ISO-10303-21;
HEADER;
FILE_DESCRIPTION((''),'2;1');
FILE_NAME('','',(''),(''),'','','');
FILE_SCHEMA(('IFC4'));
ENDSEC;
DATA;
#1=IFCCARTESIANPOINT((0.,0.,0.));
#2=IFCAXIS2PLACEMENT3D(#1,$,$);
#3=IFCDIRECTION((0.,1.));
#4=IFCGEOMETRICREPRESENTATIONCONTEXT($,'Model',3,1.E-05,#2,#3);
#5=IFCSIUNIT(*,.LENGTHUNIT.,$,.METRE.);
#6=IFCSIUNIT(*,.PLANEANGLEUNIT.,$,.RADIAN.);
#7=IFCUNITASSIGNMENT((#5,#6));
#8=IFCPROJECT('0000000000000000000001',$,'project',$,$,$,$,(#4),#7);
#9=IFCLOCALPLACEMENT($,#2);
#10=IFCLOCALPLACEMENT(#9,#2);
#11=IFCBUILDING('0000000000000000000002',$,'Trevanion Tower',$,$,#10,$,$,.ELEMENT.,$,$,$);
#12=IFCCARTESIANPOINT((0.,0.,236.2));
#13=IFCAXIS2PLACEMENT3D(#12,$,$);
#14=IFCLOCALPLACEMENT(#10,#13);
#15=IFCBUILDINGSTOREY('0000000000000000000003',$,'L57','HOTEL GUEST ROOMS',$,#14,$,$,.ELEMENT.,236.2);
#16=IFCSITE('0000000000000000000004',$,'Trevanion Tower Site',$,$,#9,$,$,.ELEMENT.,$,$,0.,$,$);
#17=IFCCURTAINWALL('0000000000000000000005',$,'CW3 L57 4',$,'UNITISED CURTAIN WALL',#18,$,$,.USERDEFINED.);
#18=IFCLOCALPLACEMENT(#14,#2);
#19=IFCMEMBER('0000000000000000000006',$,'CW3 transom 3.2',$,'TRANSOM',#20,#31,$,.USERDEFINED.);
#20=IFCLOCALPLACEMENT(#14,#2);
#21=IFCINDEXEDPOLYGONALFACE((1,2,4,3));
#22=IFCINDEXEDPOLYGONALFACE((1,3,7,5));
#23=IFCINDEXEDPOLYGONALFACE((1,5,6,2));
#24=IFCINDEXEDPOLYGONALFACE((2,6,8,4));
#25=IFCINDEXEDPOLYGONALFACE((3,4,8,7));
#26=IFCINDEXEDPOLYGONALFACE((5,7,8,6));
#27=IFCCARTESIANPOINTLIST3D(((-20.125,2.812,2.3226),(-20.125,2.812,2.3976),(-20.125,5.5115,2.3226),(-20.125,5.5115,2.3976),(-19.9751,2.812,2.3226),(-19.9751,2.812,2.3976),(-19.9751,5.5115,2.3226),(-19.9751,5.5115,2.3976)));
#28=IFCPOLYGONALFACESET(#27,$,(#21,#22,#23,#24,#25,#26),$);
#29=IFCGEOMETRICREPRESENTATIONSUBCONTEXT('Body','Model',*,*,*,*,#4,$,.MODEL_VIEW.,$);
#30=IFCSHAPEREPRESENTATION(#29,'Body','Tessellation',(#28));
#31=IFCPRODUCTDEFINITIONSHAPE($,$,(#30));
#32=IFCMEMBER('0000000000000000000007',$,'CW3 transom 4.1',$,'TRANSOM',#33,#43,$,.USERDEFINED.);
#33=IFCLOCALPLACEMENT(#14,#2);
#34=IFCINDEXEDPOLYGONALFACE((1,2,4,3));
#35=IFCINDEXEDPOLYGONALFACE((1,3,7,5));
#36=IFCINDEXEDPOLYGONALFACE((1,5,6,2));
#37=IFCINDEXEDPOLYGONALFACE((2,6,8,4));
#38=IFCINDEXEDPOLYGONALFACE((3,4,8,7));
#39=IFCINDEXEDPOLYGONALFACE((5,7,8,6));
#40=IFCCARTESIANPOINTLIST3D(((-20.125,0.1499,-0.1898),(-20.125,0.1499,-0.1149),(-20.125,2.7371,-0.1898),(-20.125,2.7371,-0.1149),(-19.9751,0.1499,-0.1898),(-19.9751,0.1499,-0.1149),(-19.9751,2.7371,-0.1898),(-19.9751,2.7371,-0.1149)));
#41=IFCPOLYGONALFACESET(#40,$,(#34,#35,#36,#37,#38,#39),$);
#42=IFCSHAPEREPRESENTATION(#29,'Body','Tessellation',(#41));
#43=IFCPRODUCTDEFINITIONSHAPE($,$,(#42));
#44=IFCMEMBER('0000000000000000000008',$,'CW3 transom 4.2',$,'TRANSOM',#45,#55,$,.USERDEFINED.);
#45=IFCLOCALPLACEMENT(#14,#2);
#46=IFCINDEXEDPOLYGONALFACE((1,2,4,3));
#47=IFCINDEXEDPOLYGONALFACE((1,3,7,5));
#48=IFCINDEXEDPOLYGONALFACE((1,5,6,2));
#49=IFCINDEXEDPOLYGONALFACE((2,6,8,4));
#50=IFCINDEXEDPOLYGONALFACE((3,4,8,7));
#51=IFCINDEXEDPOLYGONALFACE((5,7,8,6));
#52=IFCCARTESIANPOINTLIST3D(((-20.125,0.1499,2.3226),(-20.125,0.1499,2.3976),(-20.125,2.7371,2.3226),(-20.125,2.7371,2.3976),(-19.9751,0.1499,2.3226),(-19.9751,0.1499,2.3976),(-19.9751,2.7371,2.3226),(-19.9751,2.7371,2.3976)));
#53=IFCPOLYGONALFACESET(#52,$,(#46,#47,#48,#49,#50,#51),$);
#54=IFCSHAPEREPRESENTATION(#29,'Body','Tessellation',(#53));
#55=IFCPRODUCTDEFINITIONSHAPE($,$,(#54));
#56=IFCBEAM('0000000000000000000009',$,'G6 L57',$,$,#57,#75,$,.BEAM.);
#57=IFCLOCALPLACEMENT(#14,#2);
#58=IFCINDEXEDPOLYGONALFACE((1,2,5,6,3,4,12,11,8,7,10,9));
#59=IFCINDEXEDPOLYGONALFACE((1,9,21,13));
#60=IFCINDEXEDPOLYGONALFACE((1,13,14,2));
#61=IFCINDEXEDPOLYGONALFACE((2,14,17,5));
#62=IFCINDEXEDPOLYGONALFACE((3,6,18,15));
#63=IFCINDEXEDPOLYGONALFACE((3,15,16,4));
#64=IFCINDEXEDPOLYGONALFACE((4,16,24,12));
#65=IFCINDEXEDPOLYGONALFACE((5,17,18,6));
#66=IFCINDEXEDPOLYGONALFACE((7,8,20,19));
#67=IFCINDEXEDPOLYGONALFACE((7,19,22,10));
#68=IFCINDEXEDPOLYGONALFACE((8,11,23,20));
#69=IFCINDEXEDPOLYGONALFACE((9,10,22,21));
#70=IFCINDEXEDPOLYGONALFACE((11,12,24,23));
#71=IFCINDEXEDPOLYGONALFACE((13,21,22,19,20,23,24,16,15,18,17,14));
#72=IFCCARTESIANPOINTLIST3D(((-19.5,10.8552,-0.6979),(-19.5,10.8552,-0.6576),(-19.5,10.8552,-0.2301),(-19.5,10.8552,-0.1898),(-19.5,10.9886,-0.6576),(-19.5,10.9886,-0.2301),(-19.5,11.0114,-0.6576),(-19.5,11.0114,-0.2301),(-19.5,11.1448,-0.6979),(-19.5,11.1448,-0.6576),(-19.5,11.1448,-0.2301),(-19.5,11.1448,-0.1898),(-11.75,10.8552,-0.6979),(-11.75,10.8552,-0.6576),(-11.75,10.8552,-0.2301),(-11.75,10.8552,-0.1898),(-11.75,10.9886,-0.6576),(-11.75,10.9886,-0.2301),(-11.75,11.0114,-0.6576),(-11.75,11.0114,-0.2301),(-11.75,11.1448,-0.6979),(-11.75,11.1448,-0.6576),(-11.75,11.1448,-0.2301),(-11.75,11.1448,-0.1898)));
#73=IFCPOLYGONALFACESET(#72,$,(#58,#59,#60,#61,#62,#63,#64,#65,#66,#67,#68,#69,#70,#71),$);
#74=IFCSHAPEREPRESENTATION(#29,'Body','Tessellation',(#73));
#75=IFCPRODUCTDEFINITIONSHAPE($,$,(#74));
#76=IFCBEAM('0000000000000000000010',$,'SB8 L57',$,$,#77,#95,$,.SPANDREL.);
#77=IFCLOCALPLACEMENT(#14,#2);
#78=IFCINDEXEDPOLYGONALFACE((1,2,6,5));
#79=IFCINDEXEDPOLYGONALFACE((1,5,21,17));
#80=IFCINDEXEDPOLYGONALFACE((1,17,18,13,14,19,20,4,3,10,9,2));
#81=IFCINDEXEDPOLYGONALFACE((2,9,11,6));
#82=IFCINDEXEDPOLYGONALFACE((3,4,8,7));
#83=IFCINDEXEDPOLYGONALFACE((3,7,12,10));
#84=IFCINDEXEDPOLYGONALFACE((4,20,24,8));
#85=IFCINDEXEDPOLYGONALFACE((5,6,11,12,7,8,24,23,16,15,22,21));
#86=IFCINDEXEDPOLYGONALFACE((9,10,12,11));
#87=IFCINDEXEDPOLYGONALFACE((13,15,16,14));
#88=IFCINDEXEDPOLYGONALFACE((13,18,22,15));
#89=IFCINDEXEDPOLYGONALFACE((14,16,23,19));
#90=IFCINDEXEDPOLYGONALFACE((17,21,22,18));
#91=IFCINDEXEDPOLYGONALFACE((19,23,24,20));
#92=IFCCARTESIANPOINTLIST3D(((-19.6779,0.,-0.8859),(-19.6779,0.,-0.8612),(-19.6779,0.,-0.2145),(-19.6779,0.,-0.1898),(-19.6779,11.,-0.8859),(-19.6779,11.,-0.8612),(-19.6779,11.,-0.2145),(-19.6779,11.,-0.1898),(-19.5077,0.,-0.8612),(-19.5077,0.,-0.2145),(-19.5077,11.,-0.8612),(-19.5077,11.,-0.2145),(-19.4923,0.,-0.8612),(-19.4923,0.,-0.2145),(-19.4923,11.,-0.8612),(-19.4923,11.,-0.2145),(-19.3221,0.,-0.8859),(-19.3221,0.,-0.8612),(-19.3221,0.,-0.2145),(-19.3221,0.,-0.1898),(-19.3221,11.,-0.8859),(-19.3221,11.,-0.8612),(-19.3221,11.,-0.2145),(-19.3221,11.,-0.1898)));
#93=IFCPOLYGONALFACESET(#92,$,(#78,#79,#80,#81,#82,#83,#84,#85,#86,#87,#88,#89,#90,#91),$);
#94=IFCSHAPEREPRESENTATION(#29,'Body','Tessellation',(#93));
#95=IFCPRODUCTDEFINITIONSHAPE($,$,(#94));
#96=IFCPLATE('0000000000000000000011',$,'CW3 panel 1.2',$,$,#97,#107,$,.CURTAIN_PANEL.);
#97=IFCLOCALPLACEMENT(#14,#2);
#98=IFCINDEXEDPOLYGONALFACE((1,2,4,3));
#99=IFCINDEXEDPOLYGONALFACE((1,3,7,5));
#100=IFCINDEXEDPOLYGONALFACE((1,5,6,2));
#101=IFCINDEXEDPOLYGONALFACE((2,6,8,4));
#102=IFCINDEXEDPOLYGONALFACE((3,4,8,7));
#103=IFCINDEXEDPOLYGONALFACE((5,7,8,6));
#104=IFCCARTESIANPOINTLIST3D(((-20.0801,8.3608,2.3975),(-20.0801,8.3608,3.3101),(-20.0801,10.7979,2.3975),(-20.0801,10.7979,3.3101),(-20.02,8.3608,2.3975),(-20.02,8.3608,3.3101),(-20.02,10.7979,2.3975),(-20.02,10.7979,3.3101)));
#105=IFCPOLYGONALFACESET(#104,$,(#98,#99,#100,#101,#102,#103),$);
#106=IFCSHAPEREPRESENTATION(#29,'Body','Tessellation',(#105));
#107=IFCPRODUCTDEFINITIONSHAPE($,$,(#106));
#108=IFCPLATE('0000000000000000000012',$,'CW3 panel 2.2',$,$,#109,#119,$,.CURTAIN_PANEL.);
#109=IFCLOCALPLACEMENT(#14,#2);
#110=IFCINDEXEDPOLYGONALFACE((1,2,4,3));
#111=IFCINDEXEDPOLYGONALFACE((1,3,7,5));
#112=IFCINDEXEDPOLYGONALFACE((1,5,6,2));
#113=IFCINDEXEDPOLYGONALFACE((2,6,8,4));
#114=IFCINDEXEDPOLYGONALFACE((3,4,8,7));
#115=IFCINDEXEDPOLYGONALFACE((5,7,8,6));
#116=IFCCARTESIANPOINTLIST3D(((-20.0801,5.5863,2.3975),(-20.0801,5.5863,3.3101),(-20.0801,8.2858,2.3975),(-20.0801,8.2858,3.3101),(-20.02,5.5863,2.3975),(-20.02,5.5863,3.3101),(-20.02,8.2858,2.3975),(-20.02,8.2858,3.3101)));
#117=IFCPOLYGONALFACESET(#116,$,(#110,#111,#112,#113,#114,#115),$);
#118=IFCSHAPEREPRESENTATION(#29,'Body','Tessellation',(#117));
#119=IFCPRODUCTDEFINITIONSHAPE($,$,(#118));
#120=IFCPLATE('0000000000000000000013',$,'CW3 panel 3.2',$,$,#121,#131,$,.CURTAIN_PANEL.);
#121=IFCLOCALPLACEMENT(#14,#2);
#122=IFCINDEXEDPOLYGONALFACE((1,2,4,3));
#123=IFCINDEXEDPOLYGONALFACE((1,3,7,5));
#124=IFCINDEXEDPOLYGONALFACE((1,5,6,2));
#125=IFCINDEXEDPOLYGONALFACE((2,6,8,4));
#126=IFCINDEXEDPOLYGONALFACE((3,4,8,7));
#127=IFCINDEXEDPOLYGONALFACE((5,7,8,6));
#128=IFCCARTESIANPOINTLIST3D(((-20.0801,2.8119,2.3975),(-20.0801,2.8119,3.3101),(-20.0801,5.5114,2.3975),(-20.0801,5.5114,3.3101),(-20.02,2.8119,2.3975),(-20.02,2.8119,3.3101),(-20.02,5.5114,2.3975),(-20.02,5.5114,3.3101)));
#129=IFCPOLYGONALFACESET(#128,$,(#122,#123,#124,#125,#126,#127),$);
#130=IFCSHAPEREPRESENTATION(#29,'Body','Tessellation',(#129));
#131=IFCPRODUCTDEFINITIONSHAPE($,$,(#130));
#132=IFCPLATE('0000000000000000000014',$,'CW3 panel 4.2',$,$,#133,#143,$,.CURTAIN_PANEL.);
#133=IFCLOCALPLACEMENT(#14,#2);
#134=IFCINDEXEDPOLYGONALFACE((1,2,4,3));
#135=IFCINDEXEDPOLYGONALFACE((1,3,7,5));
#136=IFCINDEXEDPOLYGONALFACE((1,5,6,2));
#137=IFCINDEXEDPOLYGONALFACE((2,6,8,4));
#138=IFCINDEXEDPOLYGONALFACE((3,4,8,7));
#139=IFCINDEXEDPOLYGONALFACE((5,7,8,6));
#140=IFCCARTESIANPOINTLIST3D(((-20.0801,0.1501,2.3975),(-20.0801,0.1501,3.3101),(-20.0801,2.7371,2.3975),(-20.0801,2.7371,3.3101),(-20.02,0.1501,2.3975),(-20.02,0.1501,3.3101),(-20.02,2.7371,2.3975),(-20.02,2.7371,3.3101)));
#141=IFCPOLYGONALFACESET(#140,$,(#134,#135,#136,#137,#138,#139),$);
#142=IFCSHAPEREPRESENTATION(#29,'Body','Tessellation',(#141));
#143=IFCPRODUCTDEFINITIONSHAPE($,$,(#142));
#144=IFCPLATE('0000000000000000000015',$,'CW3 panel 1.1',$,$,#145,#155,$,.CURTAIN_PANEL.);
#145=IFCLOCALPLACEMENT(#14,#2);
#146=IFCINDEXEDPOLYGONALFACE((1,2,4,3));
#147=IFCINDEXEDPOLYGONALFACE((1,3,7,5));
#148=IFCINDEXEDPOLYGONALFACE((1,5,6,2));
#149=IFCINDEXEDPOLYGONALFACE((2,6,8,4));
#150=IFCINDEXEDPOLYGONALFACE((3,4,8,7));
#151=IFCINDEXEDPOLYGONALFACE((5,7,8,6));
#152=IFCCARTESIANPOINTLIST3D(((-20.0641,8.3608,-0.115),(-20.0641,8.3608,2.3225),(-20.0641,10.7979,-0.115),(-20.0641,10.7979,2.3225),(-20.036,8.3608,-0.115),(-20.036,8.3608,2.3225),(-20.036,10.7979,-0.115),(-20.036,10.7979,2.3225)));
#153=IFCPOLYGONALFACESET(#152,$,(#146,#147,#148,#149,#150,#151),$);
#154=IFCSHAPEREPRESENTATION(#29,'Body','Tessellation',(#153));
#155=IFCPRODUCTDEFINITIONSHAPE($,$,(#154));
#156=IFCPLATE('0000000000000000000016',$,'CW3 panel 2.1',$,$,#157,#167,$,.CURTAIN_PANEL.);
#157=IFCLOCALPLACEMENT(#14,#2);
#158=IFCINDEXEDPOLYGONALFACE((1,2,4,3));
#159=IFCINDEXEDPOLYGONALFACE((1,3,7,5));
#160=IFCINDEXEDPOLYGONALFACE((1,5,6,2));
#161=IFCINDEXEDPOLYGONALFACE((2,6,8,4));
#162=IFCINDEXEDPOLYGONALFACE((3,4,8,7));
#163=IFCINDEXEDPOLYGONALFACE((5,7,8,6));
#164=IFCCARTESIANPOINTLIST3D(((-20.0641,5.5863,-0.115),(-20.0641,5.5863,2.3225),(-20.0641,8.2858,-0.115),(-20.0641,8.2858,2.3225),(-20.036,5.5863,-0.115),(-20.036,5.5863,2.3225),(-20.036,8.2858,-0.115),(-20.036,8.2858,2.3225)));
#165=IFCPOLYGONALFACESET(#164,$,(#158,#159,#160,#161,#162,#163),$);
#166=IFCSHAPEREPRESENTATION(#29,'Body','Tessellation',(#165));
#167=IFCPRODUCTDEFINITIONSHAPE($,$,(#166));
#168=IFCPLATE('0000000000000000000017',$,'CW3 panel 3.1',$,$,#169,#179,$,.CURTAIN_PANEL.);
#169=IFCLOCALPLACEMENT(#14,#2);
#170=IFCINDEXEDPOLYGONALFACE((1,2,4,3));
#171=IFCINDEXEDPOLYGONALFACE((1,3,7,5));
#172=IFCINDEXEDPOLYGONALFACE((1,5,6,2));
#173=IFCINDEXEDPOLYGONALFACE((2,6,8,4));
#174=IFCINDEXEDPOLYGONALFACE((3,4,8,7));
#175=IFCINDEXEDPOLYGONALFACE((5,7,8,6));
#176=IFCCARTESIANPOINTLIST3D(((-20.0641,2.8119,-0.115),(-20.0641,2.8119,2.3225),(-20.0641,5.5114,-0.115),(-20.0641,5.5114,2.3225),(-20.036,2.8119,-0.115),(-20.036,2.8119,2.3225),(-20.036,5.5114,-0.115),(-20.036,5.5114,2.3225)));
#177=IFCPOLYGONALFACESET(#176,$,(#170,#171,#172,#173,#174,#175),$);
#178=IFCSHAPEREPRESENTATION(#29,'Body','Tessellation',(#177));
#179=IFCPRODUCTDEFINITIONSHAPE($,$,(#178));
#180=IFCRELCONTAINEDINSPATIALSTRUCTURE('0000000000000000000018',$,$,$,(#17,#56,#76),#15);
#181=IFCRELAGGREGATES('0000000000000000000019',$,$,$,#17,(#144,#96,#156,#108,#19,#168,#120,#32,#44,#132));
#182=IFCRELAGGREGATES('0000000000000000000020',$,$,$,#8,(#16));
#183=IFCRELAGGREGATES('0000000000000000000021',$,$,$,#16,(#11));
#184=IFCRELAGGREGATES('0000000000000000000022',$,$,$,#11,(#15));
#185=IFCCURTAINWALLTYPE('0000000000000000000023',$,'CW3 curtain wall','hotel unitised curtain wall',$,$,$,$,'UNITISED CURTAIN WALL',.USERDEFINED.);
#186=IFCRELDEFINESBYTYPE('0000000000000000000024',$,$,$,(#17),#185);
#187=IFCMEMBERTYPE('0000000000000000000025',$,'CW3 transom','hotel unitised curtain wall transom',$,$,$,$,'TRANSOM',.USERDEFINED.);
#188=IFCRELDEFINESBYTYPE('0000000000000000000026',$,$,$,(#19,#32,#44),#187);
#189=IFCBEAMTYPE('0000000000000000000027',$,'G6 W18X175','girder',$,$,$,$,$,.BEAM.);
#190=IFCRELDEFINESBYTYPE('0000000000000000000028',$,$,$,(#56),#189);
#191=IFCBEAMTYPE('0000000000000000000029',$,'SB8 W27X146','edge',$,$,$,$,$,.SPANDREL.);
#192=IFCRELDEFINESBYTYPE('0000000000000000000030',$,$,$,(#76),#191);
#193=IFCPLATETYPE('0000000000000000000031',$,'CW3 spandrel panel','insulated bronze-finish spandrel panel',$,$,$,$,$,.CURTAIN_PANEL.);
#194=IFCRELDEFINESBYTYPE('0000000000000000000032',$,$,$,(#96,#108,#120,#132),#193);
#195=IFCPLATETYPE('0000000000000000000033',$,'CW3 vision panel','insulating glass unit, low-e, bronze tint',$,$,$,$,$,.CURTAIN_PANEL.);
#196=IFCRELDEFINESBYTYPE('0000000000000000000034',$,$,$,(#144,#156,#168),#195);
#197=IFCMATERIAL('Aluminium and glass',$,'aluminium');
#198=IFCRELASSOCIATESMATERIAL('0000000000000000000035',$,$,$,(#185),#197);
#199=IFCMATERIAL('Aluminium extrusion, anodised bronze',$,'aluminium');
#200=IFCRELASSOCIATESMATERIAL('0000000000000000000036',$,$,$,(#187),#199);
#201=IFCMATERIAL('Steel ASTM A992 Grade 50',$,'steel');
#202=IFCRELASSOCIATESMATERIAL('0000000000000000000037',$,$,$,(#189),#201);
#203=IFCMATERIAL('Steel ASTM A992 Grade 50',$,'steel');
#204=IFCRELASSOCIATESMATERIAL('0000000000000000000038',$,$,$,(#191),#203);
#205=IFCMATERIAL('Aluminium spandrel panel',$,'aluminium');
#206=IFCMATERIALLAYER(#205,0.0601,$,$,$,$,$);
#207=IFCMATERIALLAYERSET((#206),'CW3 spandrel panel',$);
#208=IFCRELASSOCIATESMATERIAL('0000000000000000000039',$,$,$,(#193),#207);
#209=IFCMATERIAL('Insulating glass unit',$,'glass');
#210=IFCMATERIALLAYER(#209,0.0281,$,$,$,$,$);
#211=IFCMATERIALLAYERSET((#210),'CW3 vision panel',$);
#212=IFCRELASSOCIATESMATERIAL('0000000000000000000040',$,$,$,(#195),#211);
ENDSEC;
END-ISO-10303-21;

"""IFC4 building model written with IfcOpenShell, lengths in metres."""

from ifc_helpers import new_model, si_unit, direction, frame, origin, origin_2d, place, context, subcontext, project, spatial, rectangle, i_section, extrude, material, layer, layer_set, material_profile, profile_set, type_object, element, aggregate, save


model = new_model("IFC4")

# Units and contexts
model_context = context("Model", 3, precision=1e-05, world=origin(), true_north=direction((0.0, 1.0)))
body_context = subcontext(model_context, "Body", "Model", "MODEL_VIEW")
ifc_project = project(units=[si_unit("LENGTHUNIT", "METRE"), si_unit("PLANEANGLEUNIT", "RADIAN")], contexts=[model_context])

# Site, building, storey
site_placement = place(None, origin())
site = spatial("IfcSite", under=ifc_project, at=site_placement, Name="Trevanion Tower Site", CompositionType="ELEMENT", RefElevation=0.0)
building_placement = place(site_placement, origin())
building = spatial("IfcBuilding", under=site, at=building_placement, Name="Trevanion Tower", CompositionType="ELEMENT")
storey_placement = place(building_placement, frame((0.0, 0.0, 236.2)))
storey = spatial("IfcBuildingStorey", under=building, at=storey_placement, Name="L57", Description="HOTEL GUEST ROOMS", CompositionType="ELEMENT", Elevation=236.2)

# Curtain wall, members
ifc_material_1 = material(Name="Aluminium and glass", Category="aluminium")
curtain_wall_type = type_object("IfcCurtainWallType", Name="CW3 curtain wall", Description="hotel unitised curtain wall", ElementType="UNITISED CURTAIN WALL", PredefinedType="USERDEFINED", material=ifc_material_1)
curtain_wall_placement = place(storey_placement, origin())
curtain_wall = element("IfcCurtainWall", 1, at=curtain_wall_placement, inside=storey, type_object=curtain_wall_type, Name="CW3 L57 4", ObjectType="UNITISED CURTAIN WALL", PredefinedType="USERDEFINED")
ifc_material_2 = material(Name="Aluminium extrusion, anodised bronze", Category="aluminium")
ifc_material_profile_1 = material_profile(ifc_material_2, rectangle(XDim=0.1499, YDim=0.075, at=origin_2d()), Name="CW3 transom")
ifc_profile_set_1 = profile_set([ifc_material_profile_1], Name="Aluminium extrusion, anodised bronze")
member_type_1 = type_object("IfcMemberType", Name="CW3 transom", Description="hotel unitised curtain wall transom", ElementType="TRANSOM", PredefinedType="USERDEFINED", material=ifc_profile_set_1)
member_1_placement = place(storey_placement, frame((-20.05, 5.5115, 2.3601), z_axis=(0.0, -1.0, 0.0), x_axis=(1.0, 0.0, 0.0)))
member_1 = element("IfcMember", 2, at=member_1_placement, type_object=member_type_1, Name="CW3 transom 3.2", ObjectType="TRANSOM", PredefinedType="USERDEFINED", context=body_context, shape_type="SweptSolid", body=[
    extrude(rectangle(XDim=0.1499, YDim=0.075, at=origin_2d()), origin(), (0.0, 0.0, 1.0), 2.6995),
])
member_2_placement = place(storey_placement, frame((-20.05, 2.7371, -0.1523), z_axis=(0.0, -1.0, 0.0), x_axis=(1.0, 0.0, 0.0)))
member_2 = element("IfcMember", 3, at=member_2_placement, type_object=member_type_1, Name="CW3 transom 4.1", ObjectType="TRANSOM", PredefinedType="USERDEFINED", context=body_context, shape_type="SweptSolid", body=[
    extrude(rectangle(XDim=0.1499, YDim=0.075, at=origin_2d()), origin(), (0.0, 0.0, 1.0), 2.5872),
])
member_3_placement = place(storey_placement, frame((-20.05, 2.7371, 2.3601), z_axis=(0.0, -1.0, 0.0), x_axis=(1.0, 0.0, 0.0)))
member_3 = element("IfcMember", 4, at=member_3_placement, type_object=member_type_1, Name="CW3 transom 4.2", ObjectType="TRANSOM", PredefinedType="USERDEFINED", context=body_context, shape_type="SweptSolid", body=[
    extrude(rectangle(XDim=0.1499, YDim=0.075, at=origin_2d()), origin(), (0.0, 0.0, 1.0), 2.5872),
])

# Beams
ifc_material_3 = material(Name="Steel ASTM A992 Grade 50", Category="steel")
ifc_material_profile_2 = material_profile(ifc_material_3, i_section(OverallWidth=0.2896, OverallDepth=0.5081, WebThickness=0.0227, FlangeThickness=0.0403, at=origin_2d()), Name="W18X175")
ifc_profile_set_2 = profile_set([ifc_material_profile_2], Name="Steel ASTM A992 Grade 50")
beam_type_1 = type_object("IfcBeamType", Name="G6 W18X175", Description="girder", PredefinedType="BEAM", material=ifc_profile_set_2)
beam_1_placement = place(storey_placement, frame((-11.75, 11.0, -0.4438), z_axis=(-1.0, 0.0, 0.0), x_axis=(0.0, -1.0, 0.0)))
element("IfcBeam", 5, at=beam_1_placement, inside=storey, type_object=beam_type_1, Name="G6 L57", PredefinedType="BEAM", context=body_context, shape_type="SweptSolid", body=[
    extrude(i_section(OverallWidth=0.2896, OverallDepth=0.5081, WebThickness=0.0227, FlangeThickness=0.0403, at=origin_2d()), origin(), (0.0, 0.0, 1.0), 7.75),
])
ifc_material_4 = material(Name="Steel ASTM A992 Grade 50", Category="steel")
ifc_material_profile_3 = material_profile(ifc_material_4, i_section(OverallWidth=0.3557, OverallDepth=0.696, WebThickness=0.0154, FlangeThickness=0.0247, at=origin_2d()), Name="W27X146")
ifc_profile_set_3 = profile_set([ifc_material_profile_3], Name="Steel ASTM A992 Grade 50")
beam_type_2 = type_object("IfcBeamType", Name="SB8 W27X146", Description="edge", PredefinedType="SPANDREL", material=ifc_profile_set_3)
beam_2_placement = place(storey_placement, frame((-19.5, 11.0, -0.5378), z_axis=(0.0, -1.0, 0.0), x_axis=(1.0, 0.0, 0.0)))
element("IfcBeam", 6, at=beam_2_placement, inside=storey, type_object=beam_type_2, Name="SB8 L57", PredefinedType="SPANDREL", context=body_context, shape_type="SweptSolid", body=[
    extrude(i_section(OverallWidth=0.3557, OverallDepth=0.696, WebThickness=0.0154, FlangeThickness=0.0247, at=origin_2d()), origin(), (0.0, 0.0, 1.0), 11.0),
])

# Plates
ifc_material_5 = material(Name="Aluminium spandrel panel", Category="aluminium")
ifc_layer_1 = layer(ifc_material_5, 0.0601)
ifc_layer_set_1 = layer_set([ifc_layer_1], Name="CW3 spandrel panel")
plate_type_1 = type_object("IfcPlateType", Name="CW3 spandrel panel", Description="insulated bronze-finish spandrel panel", PredefinedType="CURTAIN_PANEL", material=ifc_layer_set_1)
plate_1_placement = place(storey_placement, frame((-20.05, 9.5793, 2.3975), z_axis=(0.0, 0.0, 1.0), x_axis=(0.0, -1.0, 0.0)))
plate_1 = element("IfcPlate", 7, at=plate_1_placement, type_object=plate_type_1, Name="CW3 panel 1.2", PredefinedType="CURTAIN_PANEL", context=body_context, shape_type="SweptSolid", body=[
    extrude(rectangle(XDim=2.437, YDim=0.0601, at=origin_2d()), origin(), (0.0, 0.0, 1.0), 0.9126),
])
plate_2_placement = place(storey_placement, frame((-20.05, 6.936, 2.3975), z_axis=(0.0, 0.0, 1.0), x_axis=(0.0, -1.0, 0.0)))
plate_2 = element("IfcPlate", 8, at=plate_2_placement, type_object=plate_type_1, Name="CW3 panel 2.2", PredefinedType="CURTAIN_PANEL", context=body_context, shape_type="SweptSolid", body=[
    extrude(rectangle(XDim=2.6995, YDim=0.0601, at=origin_2d()), origin(), (0.0, 0.0, 1.0), 0.9126),
])
plate_3_placement = place(storey_placement, frame((-20.05, 4.1616, 2.3975), z_axis=(0.0, 0.0, 1.0), x_axis=(0.0, -1.0, 0.0)))
plate_3 = element("IfcPlate", 9, at=plate_3_placement, type_object=plate_type_1, Name="CW3 panel 3.2", PredefinedType="CURTAIN_PANEL", context=body_context, shape_type="SweptSolid", body=[
    extrude(rectangle(XDim=2.6995, YDim=0.0601, at=origin_2d()), origin(), (0.0, 0.0, 1.0), 0.9126),
])
plate_4_placement = place(storey_placement, frame((-20.05, 1.4436, 2.3975), z_axis=(0.0, 0.0, 1.0), x_axis=(0.0, -1.0, 0.0)))
plate_4 = element("IfcPlate", 10, at=plate_4_placement, type_object=plate_type_1, Name="CW3 panel 4.2", PredefinedType="CURTAIN_PANEL", context=body_context, shape_type="SweptSolid", body=[
    extrude(rectangle(XDim=2.5869, YDim=0.0601, at=origin_2d()), origin(), (0.0, 0.0, 1.0), 0.9126),
])
ifc_material_6 = material(Name="Insulating glass unit", Category="glass")
ifc_layer_2 = layer(ifc_material_6, 0.0281)
ifc_layer_set_2 = layer_set([ifc_layer_2], Name="CW3 vision panel")
plate_type_2 = type_object("IfcPlateType", Name="CW3 vision panel", Description="insulating glass unit, low-e, bronze tint", PredefinedType="CURTAIN_PANEL", material=ifc_layer_set_2)
plate_5_placement = place(storey_placement, frame((-20.05, 9.5793, -0.115), z_axis=(0.0, 0.0, 1.0), x_axis=(0.0, -1.0, 0.0)))
plate_5 = element("IfcPlate", 11, at=plate_5_placement, type_object=plate_type_2, Name="CW3 panel 1.1", PredefinedType="CURTAIN_PANEL", context=body_context, shape_type="SweptSolid", body=[
    extrude(rectangle(XDim=2.437, YDim=0.0281, at=origin_2d()), origin(), (0.0, 0.0, 1.0), 2.4375),
])
plate_6_placement = place(storey_placement, frame((-20.05, 6.936, -0.115), z_axis=(0.0, 0.0, 1.0), x_axis=(0.0, -1.0, 0.0)))
plate_6 = element("IfcPlate", 12, at=plate_6_placement, type_object=plate_type_2, Name="CW3 panel 2.1", PredefinedType="CURTAIN_PANEL", context=body_context, shape_type="SweptSolid", body=[
    extrude(rectangle(XDim=2.6995, YDim=0.0281, at=origin_2d()), origin(), (0.0, 0.0, 1.0), 2.4375),
])
plate_7_placement = place(storey_placement, frame((-20.05, 4.1616, -0.115), z_axis=(0.0, 0.0, 1.0), x_axis=(0.0, -1.0, 0.0)))
plate_7 = element("IfcPlate", 13, at=plate_7_placement, type_object=plate_type_2, Name="CW3 panel 3.1", PredefinedType="CURTAIN_PANEL", context=body_context, shape_type="SweptSolid", body=[
    extrude(rectangle(XDim=2.6995, YDim=0.0281, at=origin_2d()), origin(), (0.0, 0.0, 1.0), 2.4375),
])
aggregate(curtain_wall, [plate_5, plate_1, plate_6, plate_2, member_1, plate_7, plate_3, member_2, member_3, plate_4])

save(model, "model.ifc")
